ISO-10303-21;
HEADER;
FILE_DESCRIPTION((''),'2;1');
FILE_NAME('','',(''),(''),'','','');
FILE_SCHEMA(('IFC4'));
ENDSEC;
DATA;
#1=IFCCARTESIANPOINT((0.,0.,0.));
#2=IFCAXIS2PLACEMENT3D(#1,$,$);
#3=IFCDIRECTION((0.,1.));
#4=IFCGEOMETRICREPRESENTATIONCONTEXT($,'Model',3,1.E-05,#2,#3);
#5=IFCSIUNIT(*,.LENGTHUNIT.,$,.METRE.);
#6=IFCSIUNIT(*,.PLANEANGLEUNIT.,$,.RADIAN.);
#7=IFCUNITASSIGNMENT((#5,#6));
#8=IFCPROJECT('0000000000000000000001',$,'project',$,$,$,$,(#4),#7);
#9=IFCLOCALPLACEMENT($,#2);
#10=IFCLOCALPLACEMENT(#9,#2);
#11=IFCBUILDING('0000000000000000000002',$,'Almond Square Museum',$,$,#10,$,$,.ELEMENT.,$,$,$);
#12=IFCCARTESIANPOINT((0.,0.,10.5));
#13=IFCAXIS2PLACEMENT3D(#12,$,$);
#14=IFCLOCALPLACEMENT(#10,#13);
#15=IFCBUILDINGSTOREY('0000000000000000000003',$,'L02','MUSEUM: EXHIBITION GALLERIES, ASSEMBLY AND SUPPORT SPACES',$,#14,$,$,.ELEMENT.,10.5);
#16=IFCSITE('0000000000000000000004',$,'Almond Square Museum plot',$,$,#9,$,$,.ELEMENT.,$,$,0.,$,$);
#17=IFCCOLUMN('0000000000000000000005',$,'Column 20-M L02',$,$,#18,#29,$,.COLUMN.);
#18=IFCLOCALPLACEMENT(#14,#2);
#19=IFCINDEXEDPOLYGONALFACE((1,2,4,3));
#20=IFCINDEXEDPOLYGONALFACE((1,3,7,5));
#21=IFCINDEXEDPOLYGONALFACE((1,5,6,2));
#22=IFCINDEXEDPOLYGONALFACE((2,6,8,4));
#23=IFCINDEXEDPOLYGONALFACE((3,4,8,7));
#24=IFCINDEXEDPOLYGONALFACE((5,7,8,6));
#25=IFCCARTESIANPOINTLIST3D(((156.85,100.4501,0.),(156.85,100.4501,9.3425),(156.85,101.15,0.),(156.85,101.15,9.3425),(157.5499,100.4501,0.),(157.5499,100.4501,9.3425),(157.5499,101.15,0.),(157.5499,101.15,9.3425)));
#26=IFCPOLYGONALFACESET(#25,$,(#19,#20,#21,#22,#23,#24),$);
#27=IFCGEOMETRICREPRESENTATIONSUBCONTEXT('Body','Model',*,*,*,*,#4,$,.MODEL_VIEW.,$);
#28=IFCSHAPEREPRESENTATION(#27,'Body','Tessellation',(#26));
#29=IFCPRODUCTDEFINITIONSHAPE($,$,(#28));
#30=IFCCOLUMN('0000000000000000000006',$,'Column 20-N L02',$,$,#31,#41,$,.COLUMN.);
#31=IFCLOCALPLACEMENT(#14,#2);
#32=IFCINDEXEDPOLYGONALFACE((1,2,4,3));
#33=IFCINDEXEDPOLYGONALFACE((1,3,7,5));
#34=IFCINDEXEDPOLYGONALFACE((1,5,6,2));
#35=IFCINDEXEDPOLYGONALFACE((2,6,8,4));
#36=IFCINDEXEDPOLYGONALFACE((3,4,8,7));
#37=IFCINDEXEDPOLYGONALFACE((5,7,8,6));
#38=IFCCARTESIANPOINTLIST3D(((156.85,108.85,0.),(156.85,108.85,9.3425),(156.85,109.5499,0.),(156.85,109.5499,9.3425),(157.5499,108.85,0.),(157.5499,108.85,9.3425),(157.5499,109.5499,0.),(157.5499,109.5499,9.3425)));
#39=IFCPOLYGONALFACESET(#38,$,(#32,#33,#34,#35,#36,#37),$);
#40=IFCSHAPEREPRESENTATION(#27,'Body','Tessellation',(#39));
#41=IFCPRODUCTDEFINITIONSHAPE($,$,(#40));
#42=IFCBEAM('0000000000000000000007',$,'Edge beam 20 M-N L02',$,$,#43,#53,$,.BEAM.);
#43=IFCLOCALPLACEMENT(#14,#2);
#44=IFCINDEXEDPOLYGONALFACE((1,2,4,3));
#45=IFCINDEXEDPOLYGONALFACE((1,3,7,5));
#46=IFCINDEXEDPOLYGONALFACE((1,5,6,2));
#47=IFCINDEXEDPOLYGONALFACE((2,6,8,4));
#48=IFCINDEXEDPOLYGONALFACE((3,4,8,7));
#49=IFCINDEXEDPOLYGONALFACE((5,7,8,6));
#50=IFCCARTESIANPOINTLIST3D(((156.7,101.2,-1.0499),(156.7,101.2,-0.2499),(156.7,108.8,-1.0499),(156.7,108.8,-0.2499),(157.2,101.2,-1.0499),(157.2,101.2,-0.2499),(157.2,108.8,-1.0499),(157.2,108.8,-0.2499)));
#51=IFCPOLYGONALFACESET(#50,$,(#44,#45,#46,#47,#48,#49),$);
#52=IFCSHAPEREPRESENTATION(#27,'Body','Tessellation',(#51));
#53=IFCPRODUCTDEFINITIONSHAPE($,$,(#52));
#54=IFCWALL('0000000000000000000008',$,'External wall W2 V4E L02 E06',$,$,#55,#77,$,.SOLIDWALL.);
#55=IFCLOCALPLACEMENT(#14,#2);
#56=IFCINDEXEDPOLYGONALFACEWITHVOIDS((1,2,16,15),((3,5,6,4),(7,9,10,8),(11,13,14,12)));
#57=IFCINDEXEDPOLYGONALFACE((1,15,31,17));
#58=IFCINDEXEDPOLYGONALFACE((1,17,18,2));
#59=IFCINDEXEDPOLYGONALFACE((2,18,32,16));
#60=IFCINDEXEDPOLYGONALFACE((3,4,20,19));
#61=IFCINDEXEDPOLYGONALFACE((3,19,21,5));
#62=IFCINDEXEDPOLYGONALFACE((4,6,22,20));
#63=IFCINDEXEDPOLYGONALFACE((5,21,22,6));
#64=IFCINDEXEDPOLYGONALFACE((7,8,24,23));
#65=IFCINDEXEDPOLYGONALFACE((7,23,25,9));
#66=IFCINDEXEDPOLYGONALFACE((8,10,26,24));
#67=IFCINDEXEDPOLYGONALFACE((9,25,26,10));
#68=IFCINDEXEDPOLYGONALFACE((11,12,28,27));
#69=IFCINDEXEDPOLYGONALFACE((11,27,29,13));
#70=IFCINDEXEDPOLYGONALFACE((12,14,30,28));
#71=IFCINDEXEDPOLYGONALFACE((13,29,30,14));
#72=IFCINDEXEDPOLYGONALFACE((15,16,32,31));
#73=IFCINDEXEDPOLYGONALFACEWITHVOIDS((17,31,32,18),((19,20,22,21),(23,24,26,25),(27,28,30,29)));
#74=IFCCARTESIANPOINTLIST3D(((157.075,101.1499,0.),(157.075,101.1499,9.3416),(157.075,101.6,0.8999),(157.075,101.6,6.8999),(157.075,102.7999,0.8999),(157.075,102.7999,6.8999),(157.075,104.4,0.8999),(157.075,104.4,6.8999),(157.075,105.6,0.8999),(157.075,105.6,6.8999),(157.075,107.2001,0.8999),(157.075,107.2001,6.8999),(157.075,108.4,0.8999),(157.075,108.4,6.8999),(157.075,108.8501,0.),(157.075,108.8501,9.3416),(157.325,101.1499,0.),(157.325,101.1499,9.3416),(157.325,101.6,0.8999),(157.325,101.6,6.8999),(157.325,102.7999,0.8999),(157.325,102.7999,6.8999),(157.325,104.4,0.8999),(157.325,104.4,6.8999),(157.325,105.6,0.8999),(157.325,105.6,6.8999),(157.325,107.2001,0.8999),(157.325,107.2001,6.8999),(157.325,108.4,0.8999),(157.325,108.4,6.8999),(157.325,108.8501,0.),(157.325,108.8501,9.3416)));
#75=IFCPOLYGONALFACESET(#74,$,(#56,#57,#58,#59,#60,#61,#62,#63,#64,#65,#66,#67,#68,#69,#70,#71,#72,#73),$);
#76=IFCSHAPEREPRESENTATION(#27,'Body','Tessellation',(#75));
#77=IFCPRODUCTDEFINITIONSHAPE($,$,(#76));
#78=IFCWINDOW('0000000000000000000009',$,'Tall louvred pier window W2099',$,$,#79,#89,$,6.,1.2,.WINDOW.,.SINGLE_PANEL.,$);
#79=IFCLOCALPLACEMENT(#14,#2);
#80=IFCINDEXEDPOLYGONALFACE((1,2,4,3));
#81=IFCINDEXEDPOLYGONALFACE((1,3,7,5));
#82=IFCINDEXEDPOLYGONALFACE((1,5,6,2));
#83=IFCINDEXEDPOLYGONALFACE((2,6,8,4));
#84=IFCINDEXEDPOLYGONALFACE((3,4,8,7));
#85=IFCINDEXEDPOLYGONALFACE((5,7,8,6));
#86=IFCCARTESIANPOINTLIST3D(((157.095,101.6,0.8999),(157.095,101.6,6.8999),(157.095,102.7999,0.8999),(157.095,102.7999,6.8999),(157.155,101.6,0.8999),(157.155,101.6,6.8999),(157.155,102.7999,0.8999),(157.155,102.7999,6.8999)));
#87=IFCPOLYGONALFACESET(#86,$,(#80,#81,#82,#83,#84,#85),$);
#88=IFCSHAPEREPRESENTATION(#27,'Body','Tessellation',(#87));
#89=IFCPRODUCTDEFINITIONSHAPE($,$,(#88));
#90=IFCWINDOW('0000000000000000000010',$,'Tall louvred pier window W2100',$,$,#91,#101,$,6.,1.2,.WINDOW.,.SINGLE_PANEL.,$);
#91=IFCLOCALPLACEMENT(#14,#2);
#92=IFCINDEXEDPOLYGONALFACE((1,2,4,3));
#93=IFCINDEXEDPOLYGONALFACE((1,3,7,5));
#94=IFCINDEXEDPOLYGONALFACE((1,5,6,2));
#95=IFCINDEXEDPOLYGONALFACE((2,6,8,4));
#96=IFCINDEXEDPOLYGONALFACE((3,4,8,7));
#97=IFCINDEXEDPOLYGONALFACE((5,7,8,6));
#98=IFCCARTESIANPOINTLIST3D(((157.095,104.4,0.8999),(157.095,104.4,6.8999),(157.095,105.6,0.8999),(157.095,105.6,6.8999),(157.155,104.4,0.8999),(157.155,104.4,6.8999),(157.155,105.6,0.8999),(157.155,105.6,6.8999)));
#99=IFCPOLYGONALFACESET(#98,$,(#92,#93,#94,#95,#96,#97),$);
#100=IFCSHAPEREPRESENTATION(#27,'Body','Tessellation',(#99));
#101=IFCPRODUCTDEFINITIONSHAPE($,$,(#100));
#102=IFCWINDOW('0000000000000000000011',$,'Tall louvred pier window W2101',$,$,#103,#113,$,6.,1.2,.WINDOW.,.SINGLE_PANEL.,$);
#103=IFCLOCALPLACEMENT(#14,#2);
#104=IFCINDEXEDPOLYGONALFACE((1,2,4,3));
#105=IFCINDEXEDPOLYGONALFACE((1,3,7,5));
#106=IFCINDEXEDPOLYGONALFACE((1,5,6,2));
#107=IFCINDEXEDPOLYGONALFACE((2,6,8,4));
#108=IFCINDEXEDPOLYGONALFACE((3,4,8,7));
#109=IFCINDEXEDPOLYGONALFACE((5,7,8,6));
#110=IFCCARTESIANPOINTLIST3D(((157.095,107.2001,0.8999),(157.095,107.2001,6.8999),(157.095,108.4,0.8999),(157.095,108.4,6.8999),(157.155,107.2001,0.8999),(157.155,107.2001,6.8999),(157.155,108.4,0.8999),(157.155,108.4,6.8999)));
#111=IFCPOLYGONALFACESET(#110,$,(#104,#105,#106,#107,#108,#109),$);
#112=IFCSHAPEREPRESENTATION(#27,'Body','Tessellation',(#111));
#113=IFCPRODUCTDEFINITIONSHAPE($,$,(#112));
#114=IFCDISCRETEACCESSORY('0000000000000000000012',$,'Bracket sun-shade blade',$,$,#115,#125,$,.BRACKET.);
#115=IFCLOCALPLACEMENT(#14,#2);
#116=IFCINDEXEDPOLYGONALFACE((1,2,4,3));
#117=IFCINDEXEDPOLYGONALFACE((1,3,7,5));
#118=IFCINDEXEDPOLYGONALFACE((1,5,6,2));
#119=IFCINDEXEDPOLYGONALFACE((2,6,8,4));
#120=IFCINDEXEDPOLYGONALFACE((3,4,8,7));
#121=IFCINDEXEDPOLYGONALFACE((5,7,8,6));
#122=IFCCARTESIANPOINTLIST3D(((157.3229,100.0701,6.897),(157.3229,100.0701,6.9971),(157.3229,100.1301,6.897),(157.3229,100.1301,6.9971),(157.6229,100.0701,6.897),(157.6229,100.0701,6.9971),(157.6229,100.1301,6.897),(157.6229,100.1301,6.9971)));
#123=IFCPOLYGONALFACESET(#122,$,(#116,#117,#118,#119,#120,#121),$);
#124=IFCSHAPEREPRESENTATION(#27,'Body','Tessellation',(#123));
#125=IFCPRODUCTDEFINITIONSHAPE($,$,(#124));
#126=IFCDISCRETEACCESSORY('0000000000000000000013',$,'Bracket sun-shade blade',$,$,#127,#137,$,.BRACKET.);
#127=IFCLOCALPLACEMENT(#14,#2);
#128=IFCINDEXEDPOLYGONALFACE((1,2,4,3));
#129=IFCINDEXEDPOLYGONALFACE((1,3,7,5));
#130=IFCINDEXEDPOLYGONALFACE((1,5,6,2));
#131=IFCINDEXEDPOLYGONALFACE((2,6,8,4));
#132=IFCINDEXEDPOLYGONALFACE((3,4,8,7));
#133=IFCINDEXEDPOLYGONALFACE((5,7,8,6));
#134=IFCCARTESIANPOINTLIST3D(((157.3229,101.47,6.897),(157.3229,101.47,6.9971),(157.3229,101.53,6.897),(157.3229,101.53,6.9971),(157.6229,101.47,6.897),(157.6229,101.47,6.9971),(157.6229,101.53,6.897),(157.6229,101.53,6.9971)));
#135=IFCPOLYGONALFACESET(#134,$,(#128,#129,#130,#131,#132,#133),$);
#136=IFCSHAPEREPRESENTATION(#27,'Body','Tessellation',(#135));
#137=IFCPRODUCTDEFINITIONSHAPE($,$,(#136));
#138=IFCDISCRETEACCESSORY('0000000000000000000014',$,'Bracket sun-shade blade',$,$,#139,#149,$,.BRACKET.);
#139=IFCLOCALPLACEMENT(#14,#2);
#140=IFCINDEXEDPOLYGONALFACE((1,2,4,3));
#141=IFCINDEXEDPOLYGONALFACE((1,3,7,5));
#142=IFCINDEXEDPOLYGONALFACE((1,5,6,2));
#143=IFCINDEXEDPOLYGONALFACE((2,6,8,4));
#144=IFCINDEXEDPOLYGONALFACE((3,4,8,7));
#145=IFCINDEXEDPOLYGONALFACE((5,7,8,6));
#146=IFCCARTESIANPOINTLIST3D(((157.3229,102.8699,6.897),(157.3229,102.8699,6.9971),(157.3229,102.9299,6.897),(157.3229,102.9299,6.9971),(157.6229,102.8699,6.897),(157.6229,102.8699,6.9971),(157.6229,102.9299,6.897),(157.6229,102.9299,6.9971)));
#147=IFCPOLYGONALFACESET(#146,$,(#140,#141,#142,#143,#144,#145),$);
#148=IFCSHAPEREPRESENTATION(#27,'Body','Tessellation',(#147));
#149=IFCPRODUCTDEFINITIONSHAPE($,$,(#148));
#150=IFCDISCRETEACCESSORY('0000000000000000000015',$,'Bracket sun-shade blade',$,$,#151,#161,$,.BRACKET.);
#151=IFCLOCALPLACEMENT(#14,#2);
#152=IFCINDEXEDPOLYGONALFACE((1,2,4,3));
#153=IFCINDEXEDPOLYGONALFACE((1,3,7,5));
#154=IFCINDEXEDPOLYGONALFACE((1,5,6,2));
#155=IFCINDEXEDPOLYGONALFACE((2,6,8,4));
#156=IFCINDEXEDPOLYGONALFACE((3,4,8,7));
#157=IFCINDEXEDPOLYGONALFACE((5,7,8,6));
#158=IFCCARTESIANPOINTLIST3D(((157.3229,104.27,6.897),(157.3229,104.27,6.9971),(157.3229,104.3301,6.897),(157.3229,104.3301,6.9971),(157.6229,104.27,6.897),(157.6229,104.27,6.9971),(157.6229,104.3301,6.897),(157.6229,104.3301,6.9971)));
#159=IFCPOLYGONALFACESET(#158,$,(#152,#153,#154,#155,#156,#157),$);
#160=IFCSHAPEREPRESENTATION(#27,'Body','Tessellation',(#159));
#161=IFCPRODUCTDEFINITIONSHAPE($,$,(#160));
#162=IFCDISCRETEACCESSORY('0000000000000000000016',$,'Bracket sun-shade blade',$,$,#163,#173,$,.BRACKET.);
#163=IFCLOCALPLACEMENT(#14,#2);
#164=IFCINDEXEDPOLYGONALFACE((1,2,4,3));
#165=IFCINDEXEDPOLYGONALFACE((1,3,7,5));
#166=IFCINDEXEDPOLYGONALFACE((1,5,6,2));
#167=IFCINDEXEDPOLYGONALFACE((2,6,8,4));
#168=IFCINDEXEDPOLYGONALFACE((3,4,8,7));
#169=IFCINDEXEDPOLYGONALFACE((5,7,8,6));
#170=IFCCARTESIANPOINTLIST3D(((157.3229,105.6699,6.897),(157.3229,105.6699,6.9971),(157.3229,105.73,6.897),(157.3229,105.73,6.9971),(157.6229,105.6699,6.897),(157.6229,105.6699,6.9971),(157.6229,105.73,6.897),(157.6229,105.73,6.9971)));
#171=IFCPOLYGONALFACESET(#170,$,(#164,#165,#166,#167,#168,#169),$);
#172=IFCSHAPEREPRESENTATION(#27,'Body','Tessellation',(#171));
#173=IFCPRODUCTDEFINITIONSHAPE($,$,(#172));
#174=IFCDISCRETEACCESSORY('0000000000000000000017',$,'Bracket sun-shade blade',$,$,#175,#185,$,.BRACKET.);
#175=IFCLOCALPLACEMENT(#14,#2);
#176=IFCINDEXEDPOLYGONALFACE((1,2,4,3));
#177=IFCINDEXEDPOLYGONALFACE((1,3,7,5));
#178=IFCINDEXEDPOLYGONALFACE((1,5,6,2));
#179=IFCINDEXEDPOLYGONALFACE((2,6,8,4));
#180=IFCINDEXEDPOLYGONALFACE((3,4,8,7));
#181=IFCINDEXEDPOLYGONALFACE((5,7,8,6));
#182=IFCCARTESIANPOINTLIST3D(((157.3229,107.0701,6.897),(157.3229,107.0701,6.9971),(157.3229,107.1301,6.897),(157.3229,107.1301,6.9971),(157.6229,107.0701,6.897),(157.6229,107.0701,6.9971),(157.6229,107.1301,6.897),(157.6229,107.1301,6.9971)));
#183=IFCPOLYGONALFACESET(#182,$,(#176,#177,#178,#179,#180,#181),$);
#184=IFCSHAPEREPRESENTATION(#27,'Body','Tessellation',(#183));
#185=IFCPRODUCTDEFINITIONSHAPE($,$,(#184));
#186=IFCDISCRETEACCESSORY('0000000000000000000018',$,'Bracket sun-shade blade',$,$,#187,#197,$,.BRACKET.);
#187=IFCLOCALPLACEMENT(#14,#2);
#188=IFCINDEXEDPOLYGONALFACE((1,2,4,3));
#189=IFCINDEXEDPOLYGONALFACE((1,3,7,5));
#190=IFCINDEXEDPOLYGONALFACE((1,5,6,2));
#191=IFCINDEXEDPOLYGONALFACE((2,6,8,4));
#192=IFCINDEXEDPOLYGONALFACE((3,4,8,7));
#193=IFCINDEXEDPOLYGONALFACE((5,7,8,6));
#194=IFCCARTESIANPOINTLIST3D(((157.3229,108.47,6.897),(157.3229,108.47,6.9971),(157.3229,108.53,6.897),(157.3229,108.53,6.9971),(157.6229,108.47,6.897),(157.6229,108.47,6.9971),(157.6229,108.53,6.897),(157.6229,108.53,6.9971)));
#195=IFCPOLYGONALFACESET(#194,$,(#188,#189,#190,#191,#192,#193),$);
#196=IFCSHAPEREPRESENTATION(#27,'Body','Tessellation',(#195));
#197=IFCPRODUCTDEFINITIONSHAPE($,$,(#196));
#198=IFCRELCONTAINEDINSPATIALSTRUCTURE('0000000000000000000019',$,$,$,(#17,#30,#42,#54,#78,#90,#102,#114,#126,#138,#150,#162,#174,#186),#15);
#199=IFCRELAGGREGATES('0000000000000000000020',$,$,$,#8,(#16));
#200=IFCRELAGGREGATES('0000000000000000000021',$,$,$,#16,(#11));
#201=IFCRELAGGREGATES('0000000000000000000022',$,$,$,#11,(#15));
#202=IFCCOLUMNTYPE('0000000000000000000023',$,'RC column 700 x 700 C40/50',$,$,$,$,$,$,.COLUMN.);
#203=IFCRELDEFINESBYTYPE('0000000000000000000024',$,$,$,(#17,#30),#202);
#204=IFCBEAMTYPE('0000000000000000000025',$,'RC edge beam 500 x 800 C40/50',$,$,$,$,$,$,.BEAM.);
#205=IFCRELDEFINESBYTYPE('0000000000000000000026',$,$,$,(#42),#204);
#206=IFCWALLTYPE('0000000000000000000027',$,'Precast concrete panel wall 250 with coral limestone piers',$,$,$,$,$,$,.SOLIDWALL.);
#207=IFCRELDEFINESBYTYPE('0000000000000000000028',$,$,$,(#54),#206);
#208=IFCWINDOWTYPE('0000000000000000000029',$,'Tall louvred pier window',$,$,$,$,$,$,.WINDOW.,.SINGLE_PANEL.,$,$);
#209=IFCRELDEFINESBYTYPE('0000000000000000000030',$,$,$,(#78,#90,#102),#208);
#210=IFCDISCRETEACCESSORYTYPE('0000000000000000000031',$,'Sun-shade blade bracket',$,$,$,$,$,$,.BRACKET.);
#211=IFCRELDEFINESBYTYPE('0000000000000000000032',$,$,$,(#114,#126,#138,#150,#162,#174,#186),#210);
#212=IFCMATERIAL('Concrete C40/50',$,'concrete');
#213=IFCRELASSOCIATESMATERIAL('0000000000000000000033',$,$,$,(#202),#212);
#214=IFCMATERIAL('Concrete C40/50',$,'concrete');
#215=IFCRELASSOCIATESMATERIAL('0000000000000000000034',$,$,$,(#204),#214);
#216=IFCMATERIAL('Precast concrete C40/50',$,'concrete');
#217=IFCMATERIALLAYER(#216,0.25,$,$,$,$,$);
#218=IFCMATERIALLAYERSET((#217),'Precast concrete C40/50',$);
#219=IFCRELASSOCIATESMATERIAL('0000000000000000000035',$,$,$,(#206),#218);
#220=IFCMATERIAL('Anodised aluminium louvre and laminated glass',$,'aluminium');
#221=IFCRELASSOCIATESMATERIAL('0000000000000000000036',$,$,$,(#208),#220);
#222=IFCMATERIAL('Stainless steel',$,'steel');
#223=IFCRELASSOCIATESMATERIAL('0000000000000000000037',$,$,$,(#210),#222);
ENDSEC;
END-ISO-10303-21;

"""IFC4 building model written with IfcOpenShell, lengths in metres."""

from ifc_helpers import new_model, si_unit, direction, frame, frame_2d, origin, origin_2d, place, context, subcontext, project, spatial, rectangle, extrude, material, layer, layer_set, material_profile, profile_set, type_object, element, fill, save


model = new_model("IFC4")

# Units and contexts
model_context = context("Model", 3, precision=1e-05, world=origin(), true_north=direction((0.0, 1.0)))
body_context = subcontext(model_context, "Body", "Model", "MODEL_VIEW")
ifc_project = project(units=[si_unit("LENGTHUNIT", "METRE"), si_unit("PLANEANGLEUNIT", "RADIAN")], contexts=[model_context])

# Site, building, storey
site_placement = place(None, origin())
site = spatial("IfcSite", under=ifc_project, at=site_placement, Name="Almond Square Museum plot", CompositionType="ELEMENT", RefElevation=0.0)
building_placement = place(site_placement, origin())
building = spatial("IfcBuilding", under=site, at=building_placement, Name="Almond Square Museum", CompositionType="ELEMENT")
storey_placement = place(building_placement, frame((0.0, 0.0, 10.5)))
storey = spatial("IfcBuildingStorey", under=building, at=storey_placement, Name="L02", Description="MUSEUM: EXHIBITION GALLERIES, ASSEMBLY AND SUPPORT SPACES", CompositionType="ELEMENT", Elevation=10.5)

# Columns
ifc_material_1 = material(Name="Concrete C40/50", Category="concrete")
ifc_material_profile_1 = material_profile(ifc_material_1, rectangle(XDim=0.7, YDim=0.7, at=origin_2d()))
ifc_profile_set_1 = profile_set([ifc_material_profile_1], Name="Concrete C40/50")
column_type = type_object("IfcColumnType", Name="RC column 700 x 700 C40/50", PredefinedType="COLUMN", material=ifc_profile_set_1)
for number, where, z_axis, x_axis, name in (
    (1, (157.2, 100.8, 0.0), (0.0, 0.0, 1.0), (1.0, 0.0, 0.0), "Column 20-M L02"),
    (2, (157.2, 109.2, 0.0), (0.0, 0.0, 1.0), (1.0, 0.0, 0.0), "Column 20-N L02"),
):
    element("IfcColumn", number, at=place(storey_placement, frame(where, z_axis=z_axis, x_axis=x_axis)), inside=storey, type_object=column_type, Name=name, PredefinedType="COLUMN", context=body_context, shape_type="SweptSolid", body=[
        extrude(rectangle(XDim=0.7, YDim=0.7, at=origin_2d()), origin(), (0.0, 0.0, 1.0), 9.3425),
    ])

# Beam
ifc_material_2 = material(Name="Concrete C40/50", Category="concrete")
ifc_material_profile_2 = material_profile(ifc_material_2, rectangle(XDim=0.5, YDim=0.8, at=origin_2d()))
ifc_profile_set_2 = profile_set([ifc_material_profile_2], Name="Concrete C40/50")
beam_type = type_object("IfcBeamType", Name="RC edge beam 500 x 800 C40/50", PredefinedType="BEAM", material=ifc_profile_set_2)
beam_placement = place(storey_placement, frame((156.95, 101.2, -0.6499), z_axis=(0.0, 1.0, 0.0), x_axis=(-1.0, 0.0, 0.0)))
element("IfcBeam", 3, at=beam_placement, inside=storey, type_object=beam_type, Name="Edge beam 20 M-N L02", PredefinedType="BEAM", context=body_context, shape_type="SweptSolid", body=[
    extrude(rectangle(XDim=0.5, YDim=0.8, at=origin_2d()), origin(), (0.0, 0.0, 1.0), 7.6001),
])

# Wall, openings, windows
ifc_material_3 = material(Name="Precast concrete C40/50", Category="concrete")
ifc_layer = layer(ifc_material_3, 0.25)
ifc_layer_set = layer_set([ifc_layer], Name="Precast concrete C40/50")
wall_type = type_object("IfcWallType", Name="Precast concrete panel wall 250 with coral limestone piers", PredefinedType="SOLIDWALL", material=ifc_layer_set)
wall_placement = place(storey_placement, frame((157.2, 101.1499, 0.0), z_axis=(0.0, 0.0, 1.0), x_axis=(0.0, 1.0, 0.0)))
wall = element("IfcWall", 4, at=wall_placement, inside=storey, type_object=wall_type, Name="External wall W2 V4E L02 E06", PredefinedType="SOLIDWALL", context=body_context, shape_type="SweptSolid", body=[
    extrude(rectangle(XDim=7.7002, YDim=0.25, at=frame_2d((3.8501, 0.0))), origin(), (0.0, 0.0, 1.0), 9.3416),
])
opening_1_placement = place(wall_placement, frame((0.45, 0.0, 0.8999)))
opening_1 = element("IfcOpeningElement", 5, at=opening_1_placement, cuts=wall, PredefinedType="OPENING", context=body_context, shape_type="SweptSolid", body=[
    extrude(rectangle(XDim=1.2, YDim=6.0, at=frame_2d((0.6001, 3.0))), frame((0.0, 0.135, 0.0), z_axis=(0.0, -1.0, 0.0), x_axis=(1.0, 0.0, 0.0)), (0.0, 0.0, 1.0), 0.27),
])
opening_2_placement = place(wall_placement, frame((3.25, 0.0, 0.8999)))
opening_2 = element("IfcOpeningElement", 6, at=opening_2_placement, cuts=wall, PredefinedType="OPENING", context=body_context, shape_type="SweptSolid", body=[
    extrude(rectangle(XDim=1.2, YDim=6.0, at=frame_2d((0.6001, 3.0))), frame((0.0, 0.135, 0.0), z_axis=(0.0, -1.0, 0.0), x_axis=(1.0, 0.0, 0.0)), (0.0, 0.0, 1.0), 0.27),
])
opening_3_placement = place(wall_placement, frame((6.05, 0.0, 0.8999)))
opening_3 = element("IfcOpeningElement", 7, at=opening_3_placement, cuts=wall, PredefinedType="OPENING", context=body_context, shape_type="SweptSolid", body=[
    extrude(rectangle(XDim=1.2, YDim=6.0, at=frame_2d((0.6001, 3.0))), frame((0.0, 0.135, 0.0), z_axis=(0.0, -1.0, 0.0), x_axis=(1.0, 0.0, 0.0)), (0.0, 0.0, 1.0), 0.27),
])
ifc_material_4 = material(Name="Anodised aluminium louvre and laminated glass", Category="aluminium")
window_type = type_object("IfcWindowType", Name="Tall louvred pier window", PartitioningType="SINGLE_PANEL", PredefinedType="WINDOW", material=ifc_material_4)
window_1_placement = place(opening_1_placement, origin())
window_1 = element("IfcWindow", 8, at=window_1_placement, inside=storey, type_object=window_type, Name="Tall louvred pier window W2099", OverallHeight=6.0, OverallWidth=1.2, PartitioningType="SINGLE_PANEL", PredefinedType="WINDOW", context=body_context, shape_type="SweptSolid", body=[
    extrude(rectangle(XDim=1.2, YDim=6.0, at=frame_2d((0.6001, 3.0))), frame((0.0, 0.105, 0.0), z_axis=(0.0, -1.0, 0.0), x_axis=(1.0, 0.0, 0.0)), (0.0, 0.0, 1.0), 0.0601),
])
fill(opening_1, window_1)
window_2_placement = place(opening_2_placement, origin())
window_2 = element("IfcWindow", 9, at=window_2_placement, inside=storey, type_object=window_type, Name="Tall louvred pier window W2100", OverallHeight=6.0, OverallWidth=1.2, PartitioningType="SINGLE_PANEL", PredefinedType="WINDOW", context=body_context, shape_type="SweptSolid", body=[
    extrude(rectangle(XDim=1.2, YDim=6.0, at=frame_2d((0.6001, 3.0))), frame((0.0, 0.105, 0.0), z_axis=(0.0, -1.0, 0.0), x_axis=(1.0, 0.0, 0.0)), (0.0, 0.0, 1.0), 0.0601),
])
fill(opening_2, window_2)
window_3_placement = place(opening_3_placement, origin())
window_3 = element("IfcWindow", 10, at=window_3_placement, inside=storey, type_object=window_type, Name="Tall louvred pier window W2101", OverallHeight=6.0, OverallWidth=1.2, PartitioningType="SINGLE_PANEL", PredefinedType="WINDOW", context=body_context, shape_type="SweptSolid", body=[
    extrude(rectangle(XDim=1.2, YDim=6.0, at=frame_2d((0.6001, 3.0))), frame((0.0, 0.105, 0.0), z_axis=(0.0, -1.0, 0.0), x_axis=(1.0, 0.0, 0.0)), (0.0, 0.0, 1.0), 0.0601),
])
fill(opening_3, window_3)

# Discrete accessories
ifc_material_5 = material(Name="Stainless steel", Category="steel")
discrete_accessory_type = type_object("IfcDiscreteAccessoryType", Name="Sun-shade blade bracket", PredefinedType="BRACKET", material=ifc_material_5)
for number, where, z_axis, x_axis, name in (
    (11, (157.4729, 100.1001, 6.897), (0.0, 0.0, 1.0), (1.0, 0.0, 0.0), "Bracket sun-shade blade"),
    (12, (157.4729, 101.5, 6.897), (0.0, 0.0, 1.0), (1.0, 0.0, 0.0), "Bracket sun-shade blade"),
    (13, (157.4729, 102.8999, 6.897), (0.0, 0.0, 1.0), (1.0, 0.0, 0.0), "Bracket sun-shade blade"),
    (14, (157.4729, 104.3, 6.897), (0.0, 0.0, 1.0), (1.0, 0.0, 0.0), "Bracket sun-shade blade"),
    (15, (157.4729, 105.7, 6.897), (0.0, 0.0, 1.0), (1.0, 0.0, 0.0), "Bracket sun-shade blade"),
    (16, (157.4729, 107.1001, 6.897), (0.0, 0.0, 1.0), (1.0, 0.0, 0.0), "Bracket sun-shade blade"),
    (17, (157.4729, 108.5, 6.897), (0.0, 0.0, 1.0), (1.0, 0.0, 0.0), "Bracket sun-shade blade"),
):
    element("IfcDiscreteAccessory", number, at=place(storey_placement, frame(where, z_axis=z_axis, x_axis=x_axis)), inside=storey, type_object=discrete_accessory_type, Name=name, PredefinedType="BRACKET", context=body_context, shape_type="SweptSolid", body=[
        extrude(rectangle(XDim=0.3, YDim=0.0601, at=origin_2d()), origin(), (0.0, 0.0, 1.0), 0.1001),
    ])

save(model, "model.ifc")
